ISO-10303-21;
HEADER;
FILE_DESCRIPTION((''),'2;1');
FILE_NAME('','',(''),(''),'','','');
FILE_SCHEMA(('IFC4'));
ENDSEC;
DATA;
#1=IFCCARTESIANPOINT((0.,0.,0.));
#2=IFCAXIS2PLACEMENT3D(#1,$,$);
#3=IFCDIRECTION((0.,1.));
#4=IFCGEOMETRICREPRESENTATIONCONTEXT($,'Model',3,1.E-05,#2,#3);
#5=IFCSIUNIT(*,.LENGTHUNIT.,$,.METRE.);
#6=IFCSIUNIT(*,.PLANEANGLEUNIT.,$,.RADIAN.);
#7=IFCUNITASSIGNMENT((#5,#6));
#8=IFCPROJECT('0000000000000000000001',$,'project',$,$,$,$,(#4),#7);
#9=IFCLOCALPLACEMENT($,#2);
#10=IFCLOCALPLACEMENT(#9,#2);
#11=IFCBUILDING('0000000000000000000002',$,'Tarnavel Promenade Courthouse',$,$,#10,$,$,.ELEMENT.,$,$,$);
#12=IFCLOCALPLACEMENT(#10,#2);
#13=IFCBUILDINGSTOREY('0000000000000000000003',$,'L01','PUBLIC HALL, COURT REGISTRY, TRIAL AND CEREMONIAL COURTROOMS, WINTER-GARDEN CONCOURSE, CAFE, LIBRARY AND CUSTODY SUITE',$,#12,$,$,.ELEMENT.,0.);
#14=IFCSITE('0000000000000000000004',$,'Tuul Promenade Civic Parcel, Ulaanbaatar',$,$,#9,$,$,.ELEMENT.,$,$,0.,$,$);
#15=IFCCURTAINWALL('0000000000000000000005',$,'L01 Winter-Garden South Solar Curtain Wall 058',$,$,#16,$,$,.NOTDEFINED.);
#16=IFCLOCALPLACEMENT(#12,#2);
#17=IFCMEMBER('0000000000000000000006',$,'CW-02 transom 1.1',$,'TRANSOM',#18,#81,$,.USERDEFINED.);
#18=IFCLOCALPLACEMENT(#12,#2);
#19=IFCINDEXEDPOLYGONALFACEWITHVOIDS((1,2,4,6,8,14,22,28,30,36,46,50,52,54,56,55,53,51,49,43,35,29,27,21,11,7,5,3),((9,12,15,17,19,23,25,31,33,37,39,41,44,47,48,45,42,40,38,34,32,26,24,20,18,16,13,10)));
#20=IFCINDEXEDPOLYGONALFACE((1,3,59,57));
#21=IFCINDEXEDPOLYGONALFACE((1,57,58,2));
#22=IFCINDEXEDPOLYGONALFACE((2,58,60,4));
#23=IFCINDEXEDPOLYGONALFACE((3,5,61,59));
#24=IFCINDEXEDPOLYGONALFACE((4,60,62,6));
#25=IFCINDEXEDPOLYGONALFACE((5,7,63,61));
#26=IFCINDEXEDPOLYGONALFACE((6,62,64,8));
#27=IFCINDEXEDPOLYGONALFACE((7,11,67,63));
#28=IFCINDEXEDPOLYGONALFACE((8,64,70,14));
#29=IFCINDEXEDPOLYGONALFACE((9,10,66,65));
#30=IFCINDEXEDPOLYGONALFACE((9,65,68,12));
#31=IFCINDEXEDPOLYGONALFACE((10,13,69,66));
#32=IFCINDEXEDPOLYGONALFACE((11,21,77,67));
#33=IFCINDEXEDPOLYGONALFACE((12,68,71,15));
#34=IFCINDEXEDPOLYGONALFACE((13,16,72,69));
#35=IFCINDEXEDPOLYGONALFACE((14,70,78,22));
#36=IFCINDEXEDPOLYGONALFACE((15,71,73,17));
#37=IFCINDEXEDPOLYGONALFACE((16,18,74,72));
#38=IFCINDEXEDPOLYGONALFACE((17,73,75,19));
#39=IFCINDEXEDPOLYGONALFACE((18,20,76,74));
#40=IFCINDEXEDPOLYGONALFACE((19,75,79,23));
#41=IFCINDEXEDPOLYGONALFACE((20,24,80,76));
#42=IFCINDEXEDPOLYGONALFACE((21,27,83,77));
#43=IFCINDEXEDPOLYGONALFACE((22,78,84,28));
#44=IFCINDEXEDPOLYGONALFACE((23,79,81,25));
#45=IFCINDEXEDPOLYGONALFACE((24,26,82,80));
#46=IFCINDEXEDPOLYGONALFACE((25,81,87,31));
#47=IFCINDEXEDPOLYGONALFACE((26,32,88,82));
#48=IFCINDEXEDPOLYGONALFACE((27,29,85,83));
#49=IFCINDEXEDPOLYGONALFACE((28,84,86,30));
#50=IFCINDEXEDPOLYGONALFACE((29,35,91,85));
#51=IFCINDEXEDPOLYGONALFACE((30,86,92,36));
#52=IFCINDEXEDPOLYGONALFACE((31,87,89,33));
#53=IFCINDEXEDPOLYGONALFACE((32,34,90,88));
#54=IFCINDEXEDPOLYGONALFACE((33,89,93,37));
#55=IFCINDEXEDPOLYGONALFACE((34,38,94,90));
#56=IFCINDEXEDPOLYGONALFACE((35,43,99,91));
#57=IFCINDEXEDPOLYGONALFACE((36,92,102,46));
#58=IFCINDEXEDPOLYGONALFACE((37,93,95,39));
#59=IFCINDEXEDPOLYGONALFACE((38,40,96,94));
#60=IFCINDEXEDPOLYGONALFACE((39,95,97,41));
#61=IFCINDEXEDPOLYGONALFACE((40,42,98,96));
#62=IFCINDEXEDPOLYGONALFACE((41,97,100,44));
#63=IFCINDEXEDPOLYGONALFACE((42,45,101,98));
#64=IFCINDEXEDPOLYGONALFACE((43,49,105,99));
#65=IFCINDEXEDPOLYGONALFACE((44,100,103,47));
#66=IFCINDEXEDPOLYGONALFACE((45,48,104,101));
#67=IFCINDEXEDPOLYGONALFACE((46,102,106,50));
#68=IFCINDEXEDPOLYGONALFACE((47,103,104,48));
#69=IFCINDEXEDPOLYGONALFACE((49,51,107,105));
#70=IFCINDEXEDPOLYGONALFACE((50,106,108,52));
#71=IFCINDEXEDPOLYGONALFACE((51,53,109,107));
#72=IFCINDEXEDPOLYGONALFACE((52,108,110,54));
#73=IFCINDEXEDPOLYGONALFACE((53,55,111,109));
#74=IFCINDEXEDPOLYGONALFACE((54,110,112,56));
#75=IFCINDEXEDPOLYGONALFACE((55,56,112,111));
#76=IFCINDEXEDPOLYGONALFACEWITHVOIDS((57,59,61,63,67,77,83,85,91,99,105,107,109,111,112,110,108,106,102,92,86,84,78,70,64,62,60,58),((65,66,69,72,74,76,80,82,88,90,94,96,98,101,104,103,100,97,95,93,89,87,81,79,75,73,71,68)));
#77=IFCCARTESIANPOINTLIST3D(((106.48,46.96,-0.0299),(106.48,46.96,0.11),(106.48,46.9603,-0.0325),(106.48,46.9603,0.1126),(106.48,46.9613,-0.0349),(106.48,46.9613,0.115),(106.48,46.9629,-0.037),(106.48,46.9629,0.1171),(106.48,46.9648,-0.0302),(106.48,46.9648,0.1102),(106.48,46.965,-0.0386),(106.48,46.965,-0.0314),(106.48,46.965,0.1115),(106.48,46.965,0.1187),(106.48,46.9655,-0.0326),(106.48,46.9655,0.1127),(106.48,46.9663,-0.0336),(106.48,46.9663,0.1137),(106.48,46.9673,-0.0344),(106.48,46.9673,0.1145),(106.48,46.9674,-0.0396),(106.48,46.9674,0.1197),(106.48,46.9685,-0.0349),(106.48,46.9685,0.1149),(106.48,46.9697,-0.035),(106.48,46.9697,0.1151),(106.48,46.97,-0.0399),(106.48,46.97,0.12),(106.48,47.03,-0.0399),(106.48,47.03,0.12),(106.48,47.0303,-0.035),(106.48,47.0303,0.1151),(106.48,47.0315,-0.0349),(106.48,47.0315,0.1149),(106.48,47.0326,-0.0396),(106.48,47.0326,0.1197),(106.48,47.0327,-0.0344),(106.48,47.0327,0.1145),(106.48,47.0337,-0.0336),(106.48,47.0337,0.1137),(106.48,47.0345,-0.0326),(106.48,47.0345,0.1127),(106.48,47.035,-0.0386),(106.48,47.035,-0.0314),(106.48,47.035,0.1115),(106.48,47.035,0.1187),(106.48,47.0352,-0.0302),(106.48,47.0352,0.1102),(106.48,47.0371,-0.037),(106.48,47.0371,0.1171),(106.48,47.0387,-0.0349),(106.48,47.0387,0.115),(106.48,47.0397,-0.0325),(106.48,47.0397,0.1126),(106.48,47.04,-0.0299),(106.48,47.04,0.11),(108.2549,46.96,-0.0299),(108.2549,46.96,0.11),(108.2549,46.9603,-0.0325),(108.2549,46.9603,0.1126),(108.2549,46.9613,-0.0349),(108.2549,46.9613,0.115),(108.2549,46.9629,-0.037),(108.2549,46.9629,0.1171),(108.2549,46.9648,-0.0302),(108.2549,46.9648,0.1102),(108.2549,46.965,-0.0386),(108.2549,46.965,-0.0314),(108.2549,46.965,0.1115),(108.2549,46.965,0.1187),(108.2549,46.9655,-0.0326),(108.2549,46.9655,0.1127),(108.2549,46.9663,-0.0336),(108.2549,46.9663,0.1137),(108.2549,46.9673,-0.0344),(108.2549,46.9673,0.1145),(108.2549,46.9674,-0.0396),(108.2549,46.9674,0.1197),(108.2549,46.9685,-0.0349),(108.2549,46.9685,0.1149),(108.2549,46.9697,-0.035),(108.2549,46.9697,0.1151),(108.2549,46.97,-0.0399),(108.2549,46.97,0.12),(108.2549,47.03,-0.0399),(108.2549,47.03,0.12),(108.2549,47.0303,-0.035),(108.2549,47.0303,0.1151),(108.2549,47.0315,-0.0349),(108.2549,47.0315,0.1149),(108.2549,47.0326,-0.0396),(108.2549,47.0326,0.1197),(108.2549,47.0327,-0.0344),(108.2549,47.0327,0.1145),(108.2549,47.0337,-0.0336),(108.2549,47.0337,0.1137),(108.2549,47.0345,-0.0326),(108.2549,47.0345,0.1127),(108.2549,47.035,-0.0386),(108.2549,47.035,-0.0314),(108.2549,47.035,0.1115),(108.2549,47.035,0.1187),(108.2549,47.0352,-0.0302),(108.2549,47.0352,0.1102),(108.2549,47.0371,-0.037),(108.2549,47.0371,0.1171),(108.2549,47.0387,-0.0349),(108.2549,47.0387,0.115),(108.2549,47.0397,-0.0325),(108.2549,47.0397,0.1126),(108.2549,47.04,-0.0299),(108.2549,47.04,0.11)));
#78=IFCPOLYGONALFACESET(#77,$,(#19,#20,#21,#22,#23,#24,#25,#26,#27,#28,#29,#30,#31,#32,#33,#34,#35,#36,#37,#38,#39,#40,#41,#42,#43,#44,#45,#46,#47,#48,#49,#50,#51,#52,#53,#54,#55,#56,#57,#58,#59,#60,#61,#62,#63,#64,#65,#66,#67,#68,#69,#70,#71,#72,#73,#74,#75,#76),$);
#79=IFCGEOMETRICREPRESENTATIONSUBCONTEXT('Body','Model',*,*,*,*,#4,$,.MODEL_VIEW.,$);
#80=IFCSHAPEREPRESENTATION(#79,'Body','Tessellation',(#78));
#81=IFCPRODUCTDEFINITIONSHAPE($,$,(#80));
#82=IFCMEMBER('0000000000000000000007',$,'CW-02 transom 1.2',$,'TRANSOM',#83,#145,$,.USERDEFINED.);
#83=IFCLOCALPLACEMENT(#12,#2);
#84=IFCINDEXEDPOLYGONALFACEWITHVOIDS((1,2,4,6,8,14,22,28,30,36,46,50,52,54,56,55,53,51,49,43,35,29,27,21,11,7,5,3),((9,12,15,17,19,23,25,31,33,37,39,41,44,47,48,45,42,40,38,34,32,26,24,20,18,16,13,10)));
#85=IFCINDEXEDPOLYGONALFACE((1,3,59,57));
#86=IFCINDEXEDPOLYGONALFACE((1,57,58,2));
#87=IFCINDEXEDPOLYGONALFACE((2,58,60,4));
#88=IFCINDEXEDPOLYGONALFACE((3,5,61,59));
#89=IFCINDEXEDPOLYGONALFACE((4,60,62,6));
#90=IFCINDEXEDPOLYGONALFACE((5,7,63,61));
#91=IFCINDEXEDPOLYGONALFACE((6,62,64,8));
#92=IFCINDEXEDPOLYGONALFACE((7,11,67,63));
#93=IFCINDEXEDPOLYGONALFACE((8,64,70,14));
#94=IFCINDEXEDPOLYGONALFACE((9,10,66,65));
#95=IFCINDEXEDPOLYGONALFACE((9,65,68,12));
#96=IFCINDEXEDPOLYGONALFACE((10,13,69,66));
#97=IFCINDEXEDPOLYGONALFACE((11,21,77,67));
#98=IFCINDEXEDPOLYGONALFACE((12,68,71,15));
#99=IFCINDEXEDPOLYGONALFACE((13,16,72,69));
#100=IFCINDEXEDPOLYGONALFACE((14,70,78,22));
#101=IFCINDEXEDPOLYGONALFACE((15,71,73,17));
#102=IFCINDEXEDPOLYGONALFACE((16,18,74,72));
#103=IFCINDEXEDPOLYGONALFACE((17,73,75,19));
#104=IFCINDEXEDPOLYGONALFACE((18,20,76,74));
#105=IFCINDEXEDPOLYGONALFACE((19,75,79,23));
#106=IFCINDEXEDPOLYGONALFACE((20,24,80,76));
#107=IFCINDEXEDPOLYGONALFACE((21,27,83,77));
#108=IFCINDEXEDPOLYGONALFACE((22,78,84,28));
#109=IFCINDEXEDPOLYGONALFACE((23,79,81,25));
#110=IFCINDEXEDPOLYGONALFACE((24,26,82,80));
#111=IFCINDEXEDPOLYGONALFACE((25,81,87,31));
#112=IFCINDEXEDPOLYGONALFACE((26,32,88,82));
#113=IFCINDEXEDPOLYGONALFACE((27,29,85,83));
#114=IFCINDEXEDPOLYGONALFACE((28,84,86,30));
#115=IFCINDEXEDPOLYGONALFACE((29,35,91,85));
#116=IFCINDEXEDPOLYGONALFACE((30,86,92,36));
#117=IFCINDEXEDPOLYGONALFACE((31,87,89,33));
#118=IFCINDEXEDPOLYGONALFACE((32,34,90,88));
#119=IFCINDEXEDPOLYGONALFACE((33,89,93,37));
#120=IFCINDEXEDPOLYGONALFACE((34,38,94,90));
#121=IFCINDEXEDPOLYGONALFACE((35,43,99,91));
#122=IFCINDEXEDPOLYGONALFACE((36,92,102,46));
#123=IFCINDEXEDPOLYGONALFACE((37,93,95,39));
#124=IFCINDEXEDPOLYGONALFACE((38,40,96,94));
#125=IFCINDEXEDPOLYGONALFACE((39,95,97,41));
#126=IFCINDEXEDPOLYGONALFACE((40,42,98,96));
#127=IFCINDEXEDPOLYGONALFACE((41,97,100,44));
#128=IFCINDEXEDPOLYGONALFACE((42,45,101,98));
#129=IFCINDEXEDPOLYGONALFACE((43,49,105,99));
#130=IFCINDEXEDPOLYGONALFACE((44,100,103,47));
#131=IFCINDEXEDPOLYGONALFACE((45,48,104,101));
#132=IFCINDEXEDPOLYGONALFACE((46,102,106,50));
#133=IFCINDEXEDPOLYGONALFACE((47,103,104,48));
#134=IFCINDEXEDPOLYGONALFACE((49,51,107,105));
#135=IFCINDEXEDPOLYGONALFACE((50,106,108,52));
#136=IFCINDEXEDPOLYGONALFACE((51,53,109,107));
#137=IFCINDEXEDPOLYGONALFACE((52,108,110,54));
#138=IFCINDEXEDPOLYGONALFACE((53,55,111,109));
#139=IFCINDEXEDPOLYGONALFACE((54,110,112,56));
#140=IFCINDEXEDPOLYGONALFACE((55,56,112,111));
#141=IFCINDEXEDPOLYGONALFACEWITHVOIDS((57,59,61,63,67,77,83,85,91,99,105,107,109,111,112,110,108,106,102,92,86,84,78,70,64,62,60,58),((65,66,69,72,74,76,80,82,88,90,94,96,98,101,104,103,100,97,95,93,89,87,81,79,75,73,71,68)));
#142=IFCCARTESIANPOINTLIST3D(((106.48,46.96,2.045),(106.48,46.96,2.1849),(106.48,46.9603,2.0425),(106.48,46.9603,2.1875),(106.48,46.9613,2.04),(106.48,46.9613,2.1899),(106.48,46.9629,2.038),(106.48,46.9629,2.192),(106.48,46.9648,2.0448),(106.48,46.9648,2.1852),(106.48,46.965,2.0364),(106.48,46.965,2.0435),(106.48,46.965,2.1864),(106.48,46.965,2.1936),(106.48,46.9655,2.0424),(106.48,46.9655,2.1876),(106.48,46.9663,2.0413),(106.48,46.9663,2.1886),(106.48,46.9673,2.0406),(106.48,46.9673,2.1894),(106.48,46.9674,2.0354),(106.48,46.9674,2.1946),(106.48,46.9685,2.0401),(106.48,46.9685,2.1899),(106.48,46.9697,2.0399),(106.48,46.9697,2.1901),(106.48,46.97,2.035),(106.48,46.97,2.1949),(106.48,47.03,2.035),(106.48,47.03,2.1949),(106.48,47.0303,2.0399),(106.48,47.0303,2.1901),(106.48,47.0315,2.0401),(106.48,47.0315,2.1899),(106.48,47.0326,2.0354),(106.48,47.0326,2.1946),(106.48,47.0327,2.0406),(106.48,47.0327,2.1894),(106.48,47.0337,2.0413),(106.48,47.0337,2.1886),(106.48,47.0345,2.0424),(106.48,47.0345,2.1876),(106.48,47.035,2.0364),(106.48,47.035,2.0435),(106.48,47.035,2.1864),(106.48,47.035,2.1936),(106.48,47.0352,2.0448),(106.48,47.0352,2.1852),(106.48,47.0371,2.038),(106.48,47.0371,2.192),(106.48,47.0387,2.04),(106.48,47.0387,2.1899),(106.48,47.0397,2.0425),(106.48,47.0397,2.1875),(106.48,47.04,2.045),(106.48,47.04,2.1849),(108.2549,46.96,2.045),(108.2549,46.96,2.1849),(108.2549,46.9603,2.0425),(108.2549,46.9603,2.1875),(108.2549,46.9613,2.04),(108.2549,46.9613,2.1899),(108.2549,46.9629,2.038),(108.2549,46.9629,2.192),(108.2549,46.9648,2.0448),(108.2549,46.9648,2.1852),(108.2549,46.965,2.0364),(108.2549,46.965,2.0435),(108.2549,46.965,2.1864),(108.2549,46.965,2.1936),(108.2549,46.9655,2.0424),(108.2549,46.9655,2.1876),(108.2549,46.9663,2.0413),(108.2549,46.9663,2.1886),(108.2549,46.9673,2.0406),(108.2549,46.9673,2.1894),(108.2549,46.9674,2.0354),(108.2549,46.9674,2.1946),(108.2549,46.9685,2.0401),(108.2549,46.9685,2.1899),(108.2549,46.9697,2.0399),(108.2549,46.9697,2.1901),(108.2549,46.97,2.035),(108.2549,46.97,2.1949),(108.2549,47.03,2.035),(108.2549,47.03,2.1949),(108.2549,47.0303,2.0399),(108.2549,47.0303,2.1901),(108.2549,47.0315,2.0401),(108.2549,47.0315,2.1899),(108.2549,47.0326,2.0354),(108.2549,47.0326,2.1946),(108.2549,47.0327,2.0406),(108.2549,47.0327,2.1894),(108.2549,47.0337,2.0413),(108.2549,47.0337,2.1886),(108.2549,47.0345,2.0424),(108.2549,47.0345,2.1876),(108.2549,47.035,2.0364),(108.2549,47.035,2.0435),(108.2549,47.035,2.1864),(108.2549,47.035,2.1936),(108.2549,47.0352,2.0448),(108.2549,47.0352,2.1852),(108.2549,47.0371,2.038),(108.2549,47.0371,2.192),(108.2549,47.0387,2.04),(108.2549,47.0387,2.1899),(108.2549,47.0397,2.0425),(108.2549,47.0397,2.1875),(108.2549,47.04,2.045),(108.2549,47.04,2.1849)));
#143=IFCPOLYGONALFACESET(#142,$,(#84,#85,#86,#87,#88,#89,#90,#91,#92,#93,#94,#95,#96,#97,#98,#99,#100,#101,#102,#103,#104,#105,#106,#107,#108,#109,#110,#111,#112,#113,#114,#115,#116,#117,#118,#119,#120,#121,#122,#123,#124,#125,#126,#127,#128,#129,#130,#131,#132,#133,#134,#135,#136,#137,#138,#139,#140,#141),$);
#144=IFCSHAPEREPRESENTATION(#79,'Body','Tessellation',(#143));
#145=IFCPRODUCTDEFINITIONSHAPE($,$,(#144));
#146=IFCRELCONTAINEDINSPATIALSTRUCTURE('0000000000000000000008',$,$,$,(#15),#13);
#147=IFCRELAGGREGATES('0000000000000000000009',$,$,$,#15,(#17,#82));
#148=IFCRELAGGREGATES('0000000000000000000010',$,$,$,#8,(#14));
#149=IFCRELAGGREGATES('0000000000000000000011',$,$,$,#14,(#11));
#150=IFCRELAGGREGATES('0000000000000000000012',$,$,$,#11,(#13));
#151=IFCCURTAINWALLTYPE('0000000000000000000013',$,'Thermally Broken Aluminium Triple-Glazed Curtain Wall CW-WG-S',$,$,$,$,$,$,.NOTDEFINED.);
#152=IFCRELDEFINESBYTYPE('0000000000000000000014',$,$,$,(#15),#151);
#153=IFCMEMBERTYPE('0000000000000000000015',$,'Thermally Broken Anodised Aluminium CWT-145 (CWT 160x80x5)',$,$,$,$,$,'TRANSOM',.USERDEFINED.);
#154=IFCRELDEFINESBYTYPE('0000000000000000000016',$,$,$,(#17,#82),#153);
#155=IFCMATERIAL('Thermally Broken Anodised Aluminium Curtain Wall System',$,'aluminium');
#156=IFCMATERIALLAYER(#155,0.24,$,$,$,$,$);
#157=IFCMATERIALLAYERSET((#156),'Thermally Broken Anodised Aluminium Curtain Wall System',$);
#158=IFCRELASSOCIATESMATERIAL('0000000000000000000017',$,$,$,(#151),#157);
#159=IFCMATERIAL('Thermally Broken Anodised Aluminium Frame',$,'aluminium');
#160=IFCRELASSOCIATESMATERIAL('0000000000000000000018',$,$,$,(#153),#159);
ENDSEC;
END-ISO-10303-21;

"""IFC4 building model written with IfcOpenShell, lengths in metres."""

from ifc_helpers import new_model, si_unit, direction, frame, origin, origin_2d, place, context, subcontext, project, spatial, hollow_rectangle, extrude, material, layer, layer_set, material_profile, profile_set, type_object, element, aggregate, save


model = new_model("IFC4")

# Units and contexts
model_context = context("Model", 3, precision=1e-05, world=origin(), true_north=direction((0.0, 1.0)))
body_context = subcontext(model_context, "Body", "Model", "MODEL_VIEW")
ifc_project = project(units=[si_unit("LENGTHUNIT", "METRE"), si_unit("PLANEANGLEUNIT", "RADIAN")], contexts=[model_context])

# Site, building, storey
site_placement = place(None, origin())
site = spatial("IfcSite", under=ifc_project, at=site_placement, Name="Tuul Promenade Civic Parcel, Ulaanbaatar", CompositionType="ELEMENT", RefElevation=0.0)
building_placement = place(site_placement, origin())
building = spatial("IfcBuilding", under=site, at=building_placement, Name="Tarnavel Promenade Courthouse", CompositionType="ELEMENT")
storey_placement = place(building_placement, origin())
storey = spatial("IfcBuildingStorey", under=building, at=storey_placement, Name="L01", Description="PUBLIC HALL, COURT REGISTRY, TRIAL AND CEREMONIAL COURTROOMS, WINTER-GARDEN CONCOURSE, CAFE, LIBRARY AND CUSTODY SUITE", CompositionType="ELEMENT", Elevation=0.0)

# Shared definitions
ifc_material_1 = material(Name="Thermally Broken Anodised Aluminium Curtain Wall System", Category="aluminium")
ifc_layer_1 = layer(ifc_material_1, 0.24)
ifc_layer_set_1 = layer_set([ifc_layer_1], Name="Thermally Broken Anodised Aluminium Curtain Wall System")
curtain_wall_type = type_object("IfcCurtainWallType", Name="Thermally Broken Aluminium Triple-Glazed Curtain Wall CW-WG-S", PredefinedType="NOTDEFINED", material=ifc_layer_set_1)
ifc_material_2 = material(Name="Thermally Broken Anodised Aluminium Frame", Category="aluminium")

# Curtain wall
curtain_wall_1_placement = place(storey_placement, origin())
curtain_wall_1 = element("IfcCurtainWall", 1, at=curtain_wall_1_placement, inside=storey, type_object=curtain_wall_type, Name="L01 Winter-Garden South Solar Curtain Wall 058", PredefinedType="NOTDEFINED")

# Members
ifc_material_profile_1 = material_profile(ifc_material_2, hollow_rectangle(XDim=0.0801, YDim=0.1599, WallThickness=0.0049, InnerFilletRadius=0.0049, OuterFilletRadius=0.01, at=origin_2d()), Name="CWT 160x80x5")
ifc_profile_set_1 = profile_set([ifc_material_profile_1], Name="Thermally Broken Anodised Aluminium Frame")
member_type_1 = type_object("IfcMemberType", Name="Thermally Broken Anodised Aluminium CWT-145 (CWT 160x80x5)", ElementType="TRANSOM", PredefinedType="USERDEFINED", material=ifc_profile_set_1)
member_1_placement = place(storey_placement, frame((106.48, 47.0, 0.04), z_axis=(1.0, 0.0, 0.0), x_axis=(0.0, 1.0, 0.0)))
member_1 = element("IfcMember", 2, at=member_1_placement, type_object=member_type_1, Name="CW-02 transom 1.1", ObjectType="TRANSOM", PredefinedType="USERDEFINED", context=body_context, shape_type="SweptSolid", body=[
    extrude(hollow_rectangle(XDim=0.0801, YDim=0.1599, WallThickness=0.0049, InnerFilletRadius=0.0049, OuterFilletRadius=0.01, at=origin_2d()), origin(), (0.0, 0.0, 1.0), 1.7749),
])
member_2_placement = place(storey_placement, frame((106.48, 47.0, 2.115), z_axis=(1.0, 0.0, 0.0), x_axis=(0.0, 1.0, 0.0)))
member_2 = element("IfcMember", 3, at=member_2_placement, type_object=member_type_1, Name="CW-02 transom 1.2", ObjectType="TRANSOM", PredefinedType="USERDEFINED", context=body_context, shape_type="SweptSolid", body=[
    extrude(hollow_rectangle(XDim=0.0801, YDim=0.1599, WallThickness=0.0049, InnerFilletRadius=0.0049, OuterFilletRadius=0.01, at=origin_2d()), origin(), (0.0, 0.0, 1.0), 1.7749),
])

aggregate(curtain_wall_1, [member_1, member_2])

save(model, "model.ifc")
